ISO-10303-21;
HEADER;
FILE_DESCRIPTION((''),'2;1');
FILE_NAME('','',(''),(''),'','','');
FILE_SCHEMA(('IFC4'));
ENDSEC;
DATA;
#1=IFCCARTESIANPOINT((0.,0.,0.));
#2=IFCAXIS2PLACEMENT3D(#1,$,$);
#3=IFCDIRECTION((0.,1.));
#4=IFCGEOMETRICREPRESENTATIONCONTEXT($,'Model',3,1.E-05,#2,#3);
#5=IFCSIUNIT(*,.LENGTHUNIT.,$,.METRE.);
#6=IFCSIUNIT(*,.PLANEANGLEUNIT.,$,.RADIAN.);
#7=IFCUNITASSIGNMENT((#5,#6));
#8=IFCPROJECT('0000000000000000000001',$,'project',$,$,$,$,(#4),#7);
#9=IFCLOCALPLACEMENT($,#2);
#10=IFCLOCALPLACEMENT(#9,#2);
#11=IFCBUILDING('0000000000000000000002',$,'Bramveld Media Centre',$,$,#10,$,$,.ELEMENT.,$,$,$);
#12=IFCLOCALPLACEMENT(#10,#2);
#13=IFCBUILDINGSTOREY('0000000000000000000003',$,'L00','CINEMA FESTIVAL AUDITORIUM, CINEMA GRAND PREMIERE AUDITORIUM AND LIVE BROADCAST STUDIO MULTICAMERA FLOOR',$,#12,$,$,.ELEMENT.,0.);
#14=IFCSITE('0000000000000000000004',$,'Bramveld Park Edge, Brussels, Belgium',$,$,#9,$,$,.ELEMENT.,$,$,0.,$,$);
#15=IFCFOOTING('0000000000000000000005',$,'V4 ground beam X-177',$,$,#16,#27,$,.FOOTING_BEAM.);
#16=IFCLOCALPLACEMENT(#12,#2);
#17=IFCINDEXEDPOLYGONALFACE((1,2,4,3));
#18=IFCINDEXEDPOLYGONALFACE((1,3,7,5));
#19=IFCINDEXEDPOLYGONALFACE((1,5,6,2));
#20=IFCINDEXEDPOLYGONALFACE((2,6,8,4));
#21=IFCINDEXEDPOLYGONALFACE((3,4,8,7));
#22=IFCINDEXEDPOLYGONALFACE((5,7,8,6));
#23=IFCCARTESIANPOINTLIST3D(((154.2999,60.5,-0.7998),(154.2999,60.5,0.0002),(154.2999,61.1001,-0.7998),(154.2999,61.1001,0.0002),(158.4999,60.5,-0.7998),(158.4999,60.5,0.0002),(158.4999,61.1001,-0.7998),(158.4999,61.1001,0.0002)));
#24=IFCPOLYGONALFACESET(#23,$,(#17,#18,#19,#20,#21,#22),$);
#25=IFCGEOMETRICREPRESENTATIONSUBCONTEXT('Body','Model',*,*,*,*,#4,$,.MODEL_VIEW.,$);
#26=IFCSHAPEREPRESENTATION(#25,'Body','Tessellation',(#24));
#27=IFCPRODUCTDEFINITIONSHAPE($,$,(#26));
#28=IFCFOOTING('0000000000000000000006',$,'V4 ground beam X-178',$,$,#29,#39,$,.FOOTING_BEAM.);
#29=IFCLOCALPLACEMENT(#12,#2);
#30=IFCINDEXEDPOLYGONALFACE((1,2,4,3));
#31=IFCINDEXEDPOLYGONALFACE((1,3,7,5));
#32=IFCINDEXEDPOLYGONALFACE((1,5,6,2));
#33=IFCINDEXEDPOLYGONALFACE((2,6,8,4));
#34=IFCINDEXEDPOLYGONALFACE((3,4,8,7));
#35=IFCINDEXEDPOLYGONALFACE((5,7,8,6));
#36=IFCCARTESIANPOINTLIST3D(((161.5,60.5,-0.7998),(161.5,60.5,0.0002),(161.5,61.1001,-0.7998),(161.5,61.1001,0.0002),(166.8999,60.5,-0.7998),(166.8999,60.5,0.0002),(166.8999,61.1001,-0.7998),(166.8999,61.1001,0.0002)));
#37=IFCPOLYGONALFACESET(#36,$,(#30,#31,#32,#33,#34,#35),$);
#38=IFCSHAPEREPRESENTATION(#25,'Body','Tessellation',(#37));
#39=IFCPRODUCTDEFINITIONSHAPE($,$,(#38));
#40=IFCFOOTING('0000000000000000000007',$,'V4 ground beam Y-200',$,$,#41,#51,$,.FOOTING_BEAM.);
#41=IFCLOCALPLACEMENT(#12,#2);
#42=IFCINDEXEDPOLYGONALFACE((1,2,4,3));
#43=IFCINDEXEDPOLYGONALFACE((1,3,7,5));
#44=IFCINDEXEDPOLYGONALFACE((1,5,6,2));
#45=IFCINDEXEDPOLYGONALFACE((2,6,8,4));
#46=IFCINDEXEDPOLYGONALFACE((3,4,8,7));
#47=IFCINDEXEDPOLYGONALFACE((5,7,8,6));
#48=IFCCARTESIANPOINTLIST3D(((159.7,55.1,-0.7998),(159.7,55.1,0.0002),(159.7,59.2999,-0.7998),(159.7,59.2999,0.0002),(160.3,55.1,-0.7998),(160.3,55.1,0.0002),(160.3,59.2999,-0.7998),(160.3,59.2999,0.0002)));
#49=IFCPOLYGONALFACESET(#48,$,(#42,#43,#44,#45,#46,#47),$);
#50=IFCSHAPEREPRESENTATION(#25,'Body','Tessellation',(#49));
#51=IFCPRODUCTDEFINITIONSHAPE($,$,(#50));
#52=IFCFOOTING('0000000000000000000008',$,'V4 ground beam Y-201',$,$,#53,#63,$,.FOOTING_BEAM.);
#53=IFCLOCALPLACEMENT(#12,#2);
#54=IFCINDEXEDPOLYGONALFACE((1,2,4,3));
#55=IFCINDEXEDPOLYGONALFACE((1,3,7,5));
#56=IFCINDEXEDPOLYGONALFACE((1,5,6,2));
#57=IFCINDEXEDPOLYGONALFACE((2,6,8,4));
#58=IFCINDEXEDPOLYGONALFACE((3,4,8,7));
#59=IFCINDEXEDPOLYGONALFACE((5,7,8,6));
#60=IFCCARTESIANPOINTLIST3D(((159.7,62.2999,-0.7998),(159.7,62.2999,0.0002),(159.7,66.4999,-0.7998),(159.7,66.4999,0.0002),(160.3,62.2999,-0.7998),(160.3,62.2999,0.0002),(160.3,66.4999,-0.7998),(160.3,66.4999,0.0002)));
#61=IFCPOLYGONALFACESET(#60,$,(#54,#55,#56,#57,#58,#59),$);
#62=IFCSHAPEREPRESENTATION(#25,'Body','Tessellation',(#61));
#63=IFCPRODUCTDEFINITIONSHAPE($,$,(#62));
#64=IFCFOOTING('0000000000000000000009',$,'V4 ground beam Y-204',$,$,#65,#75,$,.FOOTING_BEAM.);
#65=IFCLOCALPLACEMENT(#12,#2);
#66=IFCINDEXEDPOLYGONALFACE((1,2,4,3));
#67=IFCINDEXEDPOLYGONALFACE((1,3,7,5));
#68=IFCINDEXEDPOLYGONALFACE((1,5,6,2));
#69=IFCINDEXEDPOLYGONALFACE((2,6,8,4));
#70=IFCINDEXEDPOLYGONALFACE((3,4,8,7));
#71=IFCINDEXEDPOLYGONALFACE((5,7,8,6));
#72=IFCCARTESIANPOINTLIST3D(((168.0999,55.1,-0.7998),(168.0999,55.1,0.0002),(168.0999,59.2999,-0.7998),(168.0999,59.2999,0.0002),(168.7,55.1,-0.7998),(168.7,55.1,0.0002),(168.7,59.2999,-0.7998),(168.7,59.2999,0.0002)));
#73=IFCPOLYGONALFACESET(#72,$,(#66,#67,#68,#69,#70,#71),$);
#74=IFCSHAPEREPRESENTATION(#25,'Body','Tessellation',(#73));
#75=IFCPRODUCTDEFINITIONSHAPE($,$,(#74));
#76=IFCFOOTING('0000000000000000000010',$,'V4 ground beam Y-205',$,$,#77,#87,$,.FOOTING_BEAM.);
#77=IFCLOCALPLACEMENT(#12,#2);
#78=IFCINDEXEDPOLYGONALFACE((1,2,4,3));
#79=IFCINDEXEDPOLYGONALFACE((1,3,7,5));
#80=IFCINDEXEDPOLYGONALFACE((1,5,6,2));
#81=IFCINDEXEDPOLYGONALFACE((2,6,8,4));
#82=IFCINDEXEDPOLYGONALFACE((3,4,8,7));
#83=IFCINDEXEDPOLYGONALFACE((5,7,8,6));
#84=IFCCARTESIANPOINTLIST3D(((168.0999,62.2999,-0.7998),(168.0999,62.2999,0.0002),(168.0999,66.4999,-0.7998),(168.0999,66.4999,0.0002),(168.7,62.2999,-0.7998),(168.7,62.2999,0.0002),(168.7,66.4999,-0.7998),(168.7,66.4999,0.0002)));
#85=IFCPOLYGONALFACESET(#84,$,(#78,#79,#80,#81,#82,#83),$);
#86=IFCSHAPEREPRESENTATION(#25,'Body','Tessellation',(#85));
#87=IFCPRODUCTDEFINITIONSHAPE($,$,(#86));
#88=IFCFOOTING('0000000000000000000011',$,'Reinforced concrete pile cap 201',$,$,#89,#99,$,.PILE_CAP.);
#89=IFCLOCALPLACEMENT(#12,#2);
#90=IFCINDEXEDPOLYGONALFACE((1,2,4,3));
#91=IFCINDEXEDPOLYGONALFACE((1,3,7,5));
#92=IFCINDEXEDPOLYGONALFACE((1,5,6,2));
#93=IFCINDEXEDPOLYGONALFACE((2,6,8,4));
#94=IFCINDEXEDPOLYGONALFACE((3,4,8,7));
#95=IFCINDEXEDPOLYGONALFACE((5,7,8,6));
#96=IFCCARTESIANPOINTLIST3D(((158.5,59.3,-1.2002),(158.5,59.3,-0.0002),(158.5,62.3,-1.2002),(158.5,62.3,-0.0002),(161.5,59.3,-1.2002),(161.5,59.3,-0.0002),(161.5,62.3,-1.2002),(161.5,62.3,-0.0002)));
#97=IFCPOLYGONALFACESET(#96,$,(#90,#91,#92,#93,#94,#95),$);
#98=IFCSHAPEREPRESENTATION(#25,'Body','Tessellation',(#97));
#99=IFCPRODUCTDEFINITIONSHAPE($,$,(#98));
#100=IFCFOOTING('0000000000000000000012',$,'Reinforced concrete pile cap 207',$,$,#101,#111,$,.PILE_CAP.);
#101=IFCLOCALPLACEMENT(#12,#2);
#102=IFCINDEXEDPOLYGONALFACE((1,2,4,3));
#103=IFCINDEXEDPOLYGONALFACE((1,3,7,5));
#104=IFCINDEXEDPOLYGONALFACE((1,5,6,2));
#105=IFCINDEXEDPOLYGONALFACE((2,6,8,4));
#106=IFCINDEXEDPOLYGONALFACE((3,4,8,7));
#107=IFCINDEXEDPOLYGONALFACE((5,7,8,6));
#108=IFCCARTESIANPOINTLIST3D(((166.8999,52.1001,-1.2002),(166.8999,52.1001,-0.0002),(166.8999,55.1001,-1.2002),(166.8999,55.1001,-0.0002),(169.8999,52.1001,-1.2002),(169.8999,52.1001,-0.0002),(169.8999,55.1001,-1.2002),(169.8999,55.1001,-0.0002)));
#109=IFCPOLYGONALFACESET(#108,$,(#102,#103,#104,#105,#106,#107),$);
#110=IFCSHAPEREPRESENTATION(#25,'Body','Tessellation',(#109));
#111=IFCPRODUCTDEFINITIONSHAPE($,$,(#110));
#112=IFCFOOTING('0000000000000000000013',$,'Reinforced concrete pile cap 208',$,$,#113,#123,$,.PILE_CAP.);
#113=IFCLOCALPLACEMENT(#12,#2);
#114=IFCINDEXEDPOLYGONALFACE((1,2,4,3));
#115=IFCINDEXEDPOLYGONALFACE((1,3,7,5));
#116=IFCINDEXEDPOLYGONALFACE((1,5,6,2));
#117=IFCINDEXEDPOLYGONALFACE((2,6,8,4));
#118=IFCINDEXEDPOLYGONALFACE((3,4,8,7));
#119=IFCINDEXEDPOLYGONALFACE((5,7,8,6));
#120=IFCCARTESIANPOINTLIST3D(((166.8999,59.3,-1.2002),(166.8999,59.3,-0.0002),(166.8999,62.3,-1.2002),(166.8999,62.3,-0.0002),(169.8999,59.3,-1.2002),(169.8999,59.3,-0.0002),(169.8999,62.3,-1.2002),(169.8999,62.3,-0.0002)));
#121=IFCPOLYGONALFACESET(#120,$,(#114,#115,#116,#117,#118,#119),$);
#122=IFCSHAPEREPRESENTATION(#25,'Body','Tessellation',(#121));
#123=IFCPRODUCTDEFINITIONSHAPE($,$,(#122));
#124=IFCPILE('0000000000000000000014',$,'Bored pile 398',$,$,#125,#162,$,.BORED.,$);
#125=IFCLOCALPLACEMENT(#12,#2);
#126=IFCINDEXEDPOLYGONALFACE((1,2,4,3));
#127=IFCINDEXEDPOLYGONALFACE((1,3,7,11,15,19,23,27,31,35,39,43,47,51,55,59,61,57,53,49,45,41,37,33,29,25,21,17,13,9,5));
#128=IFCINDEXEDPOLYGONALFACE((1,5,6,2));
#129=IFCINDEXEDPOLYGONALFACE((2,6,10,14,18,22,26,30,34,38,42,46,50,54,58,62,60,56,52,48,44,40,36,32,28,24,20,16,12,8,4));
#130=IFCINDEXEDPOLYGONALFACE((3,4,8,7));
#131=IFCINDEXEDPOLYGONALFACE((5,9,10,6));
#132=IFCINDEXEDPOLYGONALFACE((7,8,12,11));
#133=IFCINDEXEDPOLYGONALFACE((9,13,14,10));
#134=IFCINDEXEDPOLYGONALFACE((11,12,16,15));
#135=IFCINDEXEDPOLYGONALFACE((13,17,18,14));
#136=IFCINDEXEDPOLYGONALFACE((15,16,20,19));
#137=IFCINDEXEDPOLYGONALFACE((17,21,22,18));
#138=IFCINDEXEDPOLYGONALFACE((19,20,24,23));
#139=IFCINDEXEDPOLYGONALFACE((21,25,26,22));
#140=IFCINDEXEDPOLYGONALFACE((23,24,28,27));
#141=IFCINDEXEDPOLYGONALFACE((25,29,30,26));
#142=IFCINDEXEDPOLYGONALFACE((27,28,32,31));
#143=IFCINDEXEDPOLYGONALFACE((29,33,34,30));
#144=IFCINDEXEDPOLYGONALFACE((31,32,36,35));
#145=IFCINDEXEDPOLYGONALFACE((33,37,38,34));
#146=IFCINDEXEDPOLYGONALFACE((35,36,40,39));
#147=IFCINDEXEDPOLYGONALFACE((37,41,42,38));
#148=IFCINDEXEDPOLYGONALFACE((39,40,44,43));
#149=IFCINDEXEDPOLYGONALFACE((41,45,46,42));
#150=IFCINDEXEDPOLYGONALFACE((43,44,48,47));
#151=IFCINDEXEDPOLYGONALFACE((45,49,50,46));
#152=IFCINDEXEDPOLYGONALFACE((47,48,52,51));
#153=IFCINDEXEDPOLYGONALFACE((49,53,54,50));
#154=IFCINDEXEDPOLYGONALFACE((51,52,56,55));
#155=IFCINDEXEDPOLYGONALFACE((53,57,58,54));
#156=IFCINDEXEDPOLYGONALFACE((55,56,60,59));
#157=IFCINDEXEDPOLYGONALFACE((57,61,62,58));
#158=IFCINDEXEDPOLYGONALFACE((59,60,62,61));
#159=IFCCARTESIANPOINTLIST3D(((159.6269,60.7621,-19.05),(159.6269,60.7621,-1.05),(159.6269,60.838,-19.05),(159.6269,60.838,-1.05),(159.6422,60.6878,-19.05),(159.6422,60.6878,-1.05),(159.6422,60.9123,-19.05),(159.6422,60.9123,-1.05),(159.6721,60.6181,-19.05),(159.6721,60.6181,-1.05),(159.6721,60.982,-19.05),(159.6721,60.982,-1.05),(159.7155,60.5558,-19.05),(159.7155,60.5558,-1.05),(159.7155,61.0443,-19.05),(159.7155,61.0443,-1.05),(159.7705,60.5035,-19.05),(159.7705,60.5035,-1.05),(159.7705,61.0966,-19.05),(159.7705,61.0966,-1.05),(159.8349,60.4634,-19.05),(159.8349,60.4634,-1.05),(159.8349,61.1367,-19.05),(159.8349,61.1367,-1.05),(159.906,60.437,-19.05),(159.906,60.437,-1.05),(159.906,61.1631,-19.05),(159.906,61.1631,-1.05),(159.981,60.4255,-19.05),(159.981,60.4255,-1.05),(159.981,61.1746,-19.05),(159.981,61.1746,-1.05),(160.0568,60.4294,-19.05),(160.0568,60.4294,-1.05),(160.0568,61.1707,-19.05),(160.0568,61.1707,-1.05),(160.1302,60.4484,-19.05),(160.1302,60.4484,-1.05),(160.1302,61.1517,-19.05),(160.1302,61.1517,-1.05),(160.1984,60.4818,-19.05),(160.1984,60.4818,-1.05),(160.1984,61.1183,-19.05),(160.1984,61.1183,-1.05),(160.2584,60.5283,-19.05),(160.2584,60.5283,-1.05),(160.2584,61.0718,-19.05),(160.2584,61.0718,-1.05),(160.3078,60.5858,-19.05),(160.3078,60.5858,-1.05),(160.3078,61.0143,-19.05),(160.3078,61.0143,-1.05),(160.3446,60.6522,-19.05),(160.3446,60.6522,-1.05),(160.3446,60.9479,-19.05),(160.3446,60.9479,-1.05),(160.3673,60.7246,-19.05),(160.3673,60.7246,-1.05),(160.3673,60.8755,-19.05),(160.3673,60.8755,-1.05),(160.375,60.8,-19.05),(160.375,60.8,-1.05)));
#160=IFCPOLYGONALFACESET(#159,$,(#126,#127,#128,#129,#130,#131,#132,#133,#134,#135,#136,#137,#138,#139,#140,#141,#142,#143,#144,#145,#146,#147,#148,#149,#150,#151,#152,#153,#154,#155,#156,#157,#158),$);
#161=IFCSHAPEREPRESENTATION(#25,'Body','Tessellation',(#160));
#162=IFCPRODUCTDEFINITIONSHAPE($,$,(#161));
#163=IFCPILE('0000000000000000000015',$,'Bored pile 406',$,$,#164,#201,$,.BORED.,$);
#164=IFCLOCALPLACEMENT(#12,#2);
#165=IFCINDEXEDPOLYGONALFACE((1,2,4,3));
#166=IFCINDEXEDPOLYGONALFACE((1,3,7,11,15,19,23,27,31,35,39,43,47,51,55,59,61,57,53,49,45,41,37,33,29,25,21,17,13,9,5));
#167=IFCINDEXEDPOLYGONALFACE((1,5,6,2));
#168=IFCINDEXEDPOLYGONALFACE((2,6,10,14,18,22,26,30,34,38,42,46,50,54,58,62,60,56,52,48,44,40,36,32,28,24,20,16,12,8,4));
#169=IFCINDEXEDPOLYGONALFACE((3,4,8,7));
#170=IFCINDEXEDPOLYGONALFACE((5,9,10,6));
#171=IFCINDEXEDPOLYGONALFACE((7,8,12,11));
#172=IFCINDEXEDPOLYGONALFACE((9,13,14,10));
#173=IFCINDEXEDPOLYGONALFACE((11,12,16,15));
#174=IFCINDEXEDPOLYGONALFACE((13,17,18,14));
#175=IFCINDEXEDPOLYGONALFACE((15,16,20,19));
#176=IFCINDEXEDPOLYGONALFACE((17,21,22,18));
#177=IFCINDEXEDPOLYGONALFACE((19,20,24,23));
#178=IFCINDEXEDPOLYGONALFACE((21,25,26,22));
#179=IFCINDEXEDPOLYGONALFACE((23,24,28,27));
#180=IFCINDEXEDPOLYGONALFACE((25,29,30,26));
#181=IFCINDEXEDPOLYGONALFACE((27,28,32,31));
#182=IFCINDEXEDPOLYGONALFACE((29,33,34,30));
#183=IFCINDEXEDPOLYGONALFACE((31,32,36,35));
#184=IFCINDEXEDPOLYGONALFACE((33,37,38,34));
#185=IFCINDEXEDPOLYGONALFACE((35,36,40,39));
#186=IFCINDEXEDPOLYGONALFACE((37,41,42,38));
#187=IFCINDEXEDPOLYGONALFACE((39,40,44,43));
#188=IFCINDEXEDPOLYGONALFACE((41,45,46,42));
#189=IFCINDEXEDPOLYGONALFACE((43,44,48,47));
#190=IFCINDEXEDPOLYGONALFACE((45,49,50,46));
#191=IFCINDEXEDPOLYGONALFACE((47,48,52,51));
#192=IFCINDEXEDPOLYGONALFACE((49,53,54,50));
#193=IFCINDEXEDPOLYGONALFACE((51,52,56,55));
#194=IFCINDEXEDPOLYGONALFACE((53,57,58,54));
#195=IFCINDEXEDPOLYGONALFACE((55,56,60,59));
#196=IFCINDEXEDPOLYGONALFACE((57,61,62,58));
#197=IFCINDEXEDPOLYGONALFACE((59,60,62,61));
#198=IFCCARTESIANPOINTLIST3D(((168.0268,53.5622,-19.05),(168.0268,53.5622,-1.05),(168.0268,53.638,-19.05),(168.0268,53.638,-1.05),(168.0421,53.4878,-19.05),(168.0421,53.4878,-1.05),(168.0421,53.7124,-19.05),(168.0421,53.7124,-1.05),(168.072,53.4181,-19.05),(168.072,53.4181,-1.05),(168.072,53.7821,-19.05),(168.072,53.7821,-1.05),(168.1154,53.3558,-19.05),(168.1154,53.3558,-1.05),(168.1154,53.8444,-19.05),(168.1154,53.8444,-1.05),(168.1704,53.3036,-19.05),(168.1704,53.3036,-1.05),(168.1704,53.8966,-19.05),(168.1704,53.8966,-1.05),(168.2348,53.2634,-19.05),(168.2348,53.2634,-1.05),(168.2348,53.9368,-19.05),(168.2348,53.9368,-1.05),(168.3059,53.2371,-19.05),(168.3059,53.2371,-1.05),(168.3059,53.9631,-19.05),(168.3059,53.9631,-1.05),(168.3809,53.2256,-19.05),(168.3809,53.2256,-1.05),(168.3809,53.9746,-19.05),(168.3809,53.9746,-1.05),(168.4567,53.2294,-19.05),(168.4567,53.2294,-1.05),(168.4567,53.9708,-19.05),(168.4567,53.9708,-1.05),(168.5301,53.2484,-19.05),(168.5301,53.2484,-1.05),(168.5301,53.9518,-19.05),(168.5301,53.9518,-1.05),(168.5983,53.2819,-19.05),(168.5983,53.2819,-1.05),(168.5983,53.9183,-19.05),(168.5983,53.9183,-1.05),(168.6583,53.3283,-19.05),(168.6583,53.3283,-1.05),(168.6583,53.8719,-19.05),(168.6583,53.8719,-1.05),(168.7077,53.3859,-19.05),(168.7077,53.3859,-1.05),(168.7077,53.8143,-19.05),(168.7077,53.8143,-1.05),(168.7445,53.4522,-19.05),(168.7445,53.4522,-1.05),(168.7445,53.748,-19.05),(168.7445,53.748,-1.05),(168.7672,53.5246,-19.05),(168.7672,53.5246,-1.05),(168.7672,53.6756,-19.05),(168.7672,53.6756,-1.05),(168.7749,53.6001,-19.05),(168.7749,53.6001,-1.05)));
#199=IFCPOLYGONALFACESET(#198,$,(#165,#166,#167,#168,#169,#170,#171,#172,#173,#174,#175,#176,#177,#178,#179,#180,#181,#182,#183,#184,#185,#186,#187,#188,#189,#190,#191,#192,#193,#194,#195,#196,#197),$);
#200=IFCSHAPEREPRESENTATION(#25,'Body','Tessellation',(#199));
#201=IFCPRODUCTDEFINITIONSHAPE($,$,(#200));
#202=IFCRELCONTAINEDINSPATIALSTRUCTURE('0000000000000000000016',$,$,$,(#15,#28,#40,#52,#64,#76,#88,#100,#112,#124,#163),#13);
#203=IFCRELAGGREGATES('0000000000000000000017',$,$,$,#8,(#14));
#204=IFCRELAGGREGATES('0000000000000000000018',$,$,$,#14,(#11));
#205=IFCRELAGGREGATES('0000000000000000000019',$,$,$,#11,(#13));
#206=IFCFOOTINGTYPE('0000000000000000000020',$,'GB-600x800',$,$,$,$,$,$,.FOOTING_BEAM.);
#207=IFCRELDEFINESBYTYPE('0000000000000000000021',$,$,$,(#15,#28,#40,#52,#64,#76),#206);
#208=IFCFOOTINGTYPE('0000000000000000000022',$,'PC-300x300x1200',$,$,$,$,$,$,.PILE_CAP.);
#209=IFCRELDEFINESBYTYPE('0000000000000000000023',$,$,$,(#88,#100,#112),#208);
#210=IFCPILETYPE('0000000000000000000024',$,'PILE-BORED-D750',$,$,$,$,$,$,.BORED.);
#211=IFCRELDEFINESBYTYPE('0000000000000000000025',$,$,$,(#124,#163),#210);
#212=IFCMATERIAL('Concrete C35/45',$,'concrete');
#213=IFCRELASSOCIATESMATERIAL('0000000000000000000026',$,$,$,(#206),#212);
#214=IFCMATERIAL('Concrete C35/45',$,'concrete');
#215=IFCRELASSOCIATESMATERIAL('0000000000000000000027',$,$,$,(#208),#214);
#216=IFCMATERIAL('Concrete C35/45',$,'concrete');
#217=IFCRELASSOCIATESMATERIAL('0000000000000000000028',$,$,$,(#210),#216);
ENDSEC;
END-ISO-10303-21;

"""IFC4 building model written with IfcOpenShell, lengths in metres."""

from ifc_helpers import new_model, si_unit, direction, frame, origin, origin_2d, place, context, subcontext, project, spatial, rectangle, circle, extrude, material, material_profile, profile_set, type_object, element, save


model = new_model("IFC4")

# Units and contexts
model_context = context("Model", 3, precision=1e-05, world=origin(), true_north=direction((0.0, 1.0)))
body_context = subcontext(model_context, "Body", "Model", "MODEL_VIEW")
ifc_project = project(units=[si_unit("LENGTHUNIT", "METRE"), si_unit("PLANEANGLEUNIT", "RADIAN")], contexts=[model_context])

# Site, building, storey
site_placement = place(None, origin())
site = spatial("IfcSite", under=ifc_project, at=site_placement, Name="Bramveld Park Edge, Brussels, Belgium", CompositionType="ELEMENT", RefElevation=0.0)
building_placement = place(site_placement, origin())
building = spatial("IfcBuilding", under=site, at=building_placement, Name="Bramveld Media Centre", CompositionType="ELEMENT")
storey_placement = place(building_placement, origin())
storey = spatial("IfcBuildingStorey", under=building, at=storey_placement, Name="L00", Description="CINEMA FESTIVAL AUDITORIUM, CINEMA GRAND PREMIERE AUDITORIUM AND LIVE BROADCAST STUDIO MULTICAMERA FLOOR", CompositionType="ELEMENT", Elevation=0.0)

# Footings
ifc_material_1 = material(Name="Concrete C35/45", Category="concrete")
footing_type_1 = type_object("IfcFootingType", Name="GB-600x800", PredefinedType="FOOTING_BEAM", material=ifc_material_1)
footing_1_placement = place(storey_placement, frame((156.3999, 60.8, -0.7998), z_axis=(0.0, 0.0, 1.0), x_axis=(1.0, 0.0, 0.0)))
element("IfcFooting", 1, at=footing_1_placement, inside=storey, type_object=footing_type_1, Name="V4 ground beam X-177", PredefinedType="FOOTING_BEAM", context=body_context, shape_type="SweptSolid", body=[
    extrude(rectangle(XDim=4.2, YDim=0.6001, at=origin_2d()), origin(), (0.0, 0.0, 1.0), 0.8),
])
footing_2_placement = place(storey_placement, frame((164.2, 60.8, -0.7998), z_axis=(0.0, 0.0, 1.0), x_axis=(1.0, 0.0, 0.0)))
element("IfcFooting", 2, at=footing_2_placement, inside=storey, type_object=footing_type_1, Name="V4 ground beam X-178", PredefinedType="FOOTING_BEAM", context=body_context, shape_type="SweptSolid", body=[
    extrude(rectangle(XDim=5.3999, YDim=0.6001, at=origin_2d()), origin(), (0.0, 0.0, 1.0), 0.8),
])
for number, where, z_axis, x_axis, name in (
    (3, (160.0, 57.2, -0.7998), (0.0, 0.0, 1.0), (1.0, 0.0, 0.0), "V4 ground beam Y-200"),
    (4, (160.0, 64.3999, -0.7998), (0.0, 0.0, 1.0), (1.0, 0.0, 0.0), "V4 ground beam Y-201"),
    (5, (168.3999, 57.2, -0.7998), (0.0, 0.0, 1.0), (1.0, 0.0, 0.0), "V4 ground beam Y-204"),
    (6, (168.3999, 64.3999, -0.7998), (0.0, 0.0, 1.0), (1.0, 0.0, 0.0), "V4 ground beam Y-205"),
):
    element("IfcFooting", number, at=place(storey_placement, frame(where, z_axis=z_axis, x_axis=x_axis)), inside=storey, type_object=footing_type_1, Name=name, PredefinedType="FOOTING_BEAM", context=body_context, shape_type="SweptSolid", body=[
        extrude(rectangle(XDim=0.6001, YDim=4.2, at=origin_2d()), origin(), (0.0, 0.0, 1.0), 0.8),
    ])
ifc_material_2 = material(Name="Concrete C35/45", Category="concrete")
footing_type_2 = type_object("IfcFootingType", Name="PC-300x300x1200", PredefinedType="PILE_CAP", material=ifc_material_2)
for number, where, z_axis, x_axis, name in (
    (7, (160.0, 60.8, -1.2002), (0.0, 0.0, 1.0), (1.0, 0.0, 0.0), "Reinforced concrete pile cap 201"),
    (8, (168.3999, 53.6001, -1.2002), (0.0, 0.0, 1.0), (1.0, 0.0, 0.0), "Reinforced concrete pile cap 207"),
    (9, (168.3999, 60.8, -1.2002), (0.0, 0.0, 1.0), (1.0, 0.0, 0.0), "Reinforced concrete pile cap 208"),
):
    element("IfcFooting", number, at=place(storey_placement, frame(where, z_axis=z_axis, x_axis=x_axis)), inside=storey, type_object=footing_type_2, Name=name, PredefinedType="PILE_CAP", context=body_context, shape_type="SweptSolid", body=[
        extrude(rectangle(XDim=3.0, YDim=3.0, at=origin_2d()), origin(), (0.0, 0.0, 1.0), 1.2),
    ])

# Piles
ifc_material_3 = material(Name="Concrete C35/45", Category="concrete")
ifc_material_profile_1 = material_profile(ifc_material_3, circle(Radius=0.375, at=origin_2d()), Name="BORED D750")
ifc_profile_set_1 = profile_set([ifc_material_profile_1], Name="Concrete C35/45")
pile_type = type_object("IfcPileType", Name="PILE-BORED-D750", PredefinedType="BORED", material=ifc_profile_set_1)
for number, where, z_axis, x_axis, name in (
    (10, (160.0, 60.8, -1.05), (0.0, 0.0, -1.0), (1.0, 0.0, 0.0), "Bored pile 398"),
    (11, (168.3999, 53.6001, -1.05), (0.0, 0.0, -1.0), (1.0, 0.0, 0.0), "Bored pile 406"),
):
    element("IfcPile", number, at=place(storey_placement, frame(where, z_axis=z_axis, x_axis=x_axis)), inside=storey, type_object=pile_type, Name=name, PredefinedType="BORED", context=body_context, shape_type="SweptSolid", body=[
        extrude(circle(Radius=0.375, at=origin_2d()), origin(), (0.0, 0.0, 1.0), 18.0),
    ])

save(model, "model.ifc")
